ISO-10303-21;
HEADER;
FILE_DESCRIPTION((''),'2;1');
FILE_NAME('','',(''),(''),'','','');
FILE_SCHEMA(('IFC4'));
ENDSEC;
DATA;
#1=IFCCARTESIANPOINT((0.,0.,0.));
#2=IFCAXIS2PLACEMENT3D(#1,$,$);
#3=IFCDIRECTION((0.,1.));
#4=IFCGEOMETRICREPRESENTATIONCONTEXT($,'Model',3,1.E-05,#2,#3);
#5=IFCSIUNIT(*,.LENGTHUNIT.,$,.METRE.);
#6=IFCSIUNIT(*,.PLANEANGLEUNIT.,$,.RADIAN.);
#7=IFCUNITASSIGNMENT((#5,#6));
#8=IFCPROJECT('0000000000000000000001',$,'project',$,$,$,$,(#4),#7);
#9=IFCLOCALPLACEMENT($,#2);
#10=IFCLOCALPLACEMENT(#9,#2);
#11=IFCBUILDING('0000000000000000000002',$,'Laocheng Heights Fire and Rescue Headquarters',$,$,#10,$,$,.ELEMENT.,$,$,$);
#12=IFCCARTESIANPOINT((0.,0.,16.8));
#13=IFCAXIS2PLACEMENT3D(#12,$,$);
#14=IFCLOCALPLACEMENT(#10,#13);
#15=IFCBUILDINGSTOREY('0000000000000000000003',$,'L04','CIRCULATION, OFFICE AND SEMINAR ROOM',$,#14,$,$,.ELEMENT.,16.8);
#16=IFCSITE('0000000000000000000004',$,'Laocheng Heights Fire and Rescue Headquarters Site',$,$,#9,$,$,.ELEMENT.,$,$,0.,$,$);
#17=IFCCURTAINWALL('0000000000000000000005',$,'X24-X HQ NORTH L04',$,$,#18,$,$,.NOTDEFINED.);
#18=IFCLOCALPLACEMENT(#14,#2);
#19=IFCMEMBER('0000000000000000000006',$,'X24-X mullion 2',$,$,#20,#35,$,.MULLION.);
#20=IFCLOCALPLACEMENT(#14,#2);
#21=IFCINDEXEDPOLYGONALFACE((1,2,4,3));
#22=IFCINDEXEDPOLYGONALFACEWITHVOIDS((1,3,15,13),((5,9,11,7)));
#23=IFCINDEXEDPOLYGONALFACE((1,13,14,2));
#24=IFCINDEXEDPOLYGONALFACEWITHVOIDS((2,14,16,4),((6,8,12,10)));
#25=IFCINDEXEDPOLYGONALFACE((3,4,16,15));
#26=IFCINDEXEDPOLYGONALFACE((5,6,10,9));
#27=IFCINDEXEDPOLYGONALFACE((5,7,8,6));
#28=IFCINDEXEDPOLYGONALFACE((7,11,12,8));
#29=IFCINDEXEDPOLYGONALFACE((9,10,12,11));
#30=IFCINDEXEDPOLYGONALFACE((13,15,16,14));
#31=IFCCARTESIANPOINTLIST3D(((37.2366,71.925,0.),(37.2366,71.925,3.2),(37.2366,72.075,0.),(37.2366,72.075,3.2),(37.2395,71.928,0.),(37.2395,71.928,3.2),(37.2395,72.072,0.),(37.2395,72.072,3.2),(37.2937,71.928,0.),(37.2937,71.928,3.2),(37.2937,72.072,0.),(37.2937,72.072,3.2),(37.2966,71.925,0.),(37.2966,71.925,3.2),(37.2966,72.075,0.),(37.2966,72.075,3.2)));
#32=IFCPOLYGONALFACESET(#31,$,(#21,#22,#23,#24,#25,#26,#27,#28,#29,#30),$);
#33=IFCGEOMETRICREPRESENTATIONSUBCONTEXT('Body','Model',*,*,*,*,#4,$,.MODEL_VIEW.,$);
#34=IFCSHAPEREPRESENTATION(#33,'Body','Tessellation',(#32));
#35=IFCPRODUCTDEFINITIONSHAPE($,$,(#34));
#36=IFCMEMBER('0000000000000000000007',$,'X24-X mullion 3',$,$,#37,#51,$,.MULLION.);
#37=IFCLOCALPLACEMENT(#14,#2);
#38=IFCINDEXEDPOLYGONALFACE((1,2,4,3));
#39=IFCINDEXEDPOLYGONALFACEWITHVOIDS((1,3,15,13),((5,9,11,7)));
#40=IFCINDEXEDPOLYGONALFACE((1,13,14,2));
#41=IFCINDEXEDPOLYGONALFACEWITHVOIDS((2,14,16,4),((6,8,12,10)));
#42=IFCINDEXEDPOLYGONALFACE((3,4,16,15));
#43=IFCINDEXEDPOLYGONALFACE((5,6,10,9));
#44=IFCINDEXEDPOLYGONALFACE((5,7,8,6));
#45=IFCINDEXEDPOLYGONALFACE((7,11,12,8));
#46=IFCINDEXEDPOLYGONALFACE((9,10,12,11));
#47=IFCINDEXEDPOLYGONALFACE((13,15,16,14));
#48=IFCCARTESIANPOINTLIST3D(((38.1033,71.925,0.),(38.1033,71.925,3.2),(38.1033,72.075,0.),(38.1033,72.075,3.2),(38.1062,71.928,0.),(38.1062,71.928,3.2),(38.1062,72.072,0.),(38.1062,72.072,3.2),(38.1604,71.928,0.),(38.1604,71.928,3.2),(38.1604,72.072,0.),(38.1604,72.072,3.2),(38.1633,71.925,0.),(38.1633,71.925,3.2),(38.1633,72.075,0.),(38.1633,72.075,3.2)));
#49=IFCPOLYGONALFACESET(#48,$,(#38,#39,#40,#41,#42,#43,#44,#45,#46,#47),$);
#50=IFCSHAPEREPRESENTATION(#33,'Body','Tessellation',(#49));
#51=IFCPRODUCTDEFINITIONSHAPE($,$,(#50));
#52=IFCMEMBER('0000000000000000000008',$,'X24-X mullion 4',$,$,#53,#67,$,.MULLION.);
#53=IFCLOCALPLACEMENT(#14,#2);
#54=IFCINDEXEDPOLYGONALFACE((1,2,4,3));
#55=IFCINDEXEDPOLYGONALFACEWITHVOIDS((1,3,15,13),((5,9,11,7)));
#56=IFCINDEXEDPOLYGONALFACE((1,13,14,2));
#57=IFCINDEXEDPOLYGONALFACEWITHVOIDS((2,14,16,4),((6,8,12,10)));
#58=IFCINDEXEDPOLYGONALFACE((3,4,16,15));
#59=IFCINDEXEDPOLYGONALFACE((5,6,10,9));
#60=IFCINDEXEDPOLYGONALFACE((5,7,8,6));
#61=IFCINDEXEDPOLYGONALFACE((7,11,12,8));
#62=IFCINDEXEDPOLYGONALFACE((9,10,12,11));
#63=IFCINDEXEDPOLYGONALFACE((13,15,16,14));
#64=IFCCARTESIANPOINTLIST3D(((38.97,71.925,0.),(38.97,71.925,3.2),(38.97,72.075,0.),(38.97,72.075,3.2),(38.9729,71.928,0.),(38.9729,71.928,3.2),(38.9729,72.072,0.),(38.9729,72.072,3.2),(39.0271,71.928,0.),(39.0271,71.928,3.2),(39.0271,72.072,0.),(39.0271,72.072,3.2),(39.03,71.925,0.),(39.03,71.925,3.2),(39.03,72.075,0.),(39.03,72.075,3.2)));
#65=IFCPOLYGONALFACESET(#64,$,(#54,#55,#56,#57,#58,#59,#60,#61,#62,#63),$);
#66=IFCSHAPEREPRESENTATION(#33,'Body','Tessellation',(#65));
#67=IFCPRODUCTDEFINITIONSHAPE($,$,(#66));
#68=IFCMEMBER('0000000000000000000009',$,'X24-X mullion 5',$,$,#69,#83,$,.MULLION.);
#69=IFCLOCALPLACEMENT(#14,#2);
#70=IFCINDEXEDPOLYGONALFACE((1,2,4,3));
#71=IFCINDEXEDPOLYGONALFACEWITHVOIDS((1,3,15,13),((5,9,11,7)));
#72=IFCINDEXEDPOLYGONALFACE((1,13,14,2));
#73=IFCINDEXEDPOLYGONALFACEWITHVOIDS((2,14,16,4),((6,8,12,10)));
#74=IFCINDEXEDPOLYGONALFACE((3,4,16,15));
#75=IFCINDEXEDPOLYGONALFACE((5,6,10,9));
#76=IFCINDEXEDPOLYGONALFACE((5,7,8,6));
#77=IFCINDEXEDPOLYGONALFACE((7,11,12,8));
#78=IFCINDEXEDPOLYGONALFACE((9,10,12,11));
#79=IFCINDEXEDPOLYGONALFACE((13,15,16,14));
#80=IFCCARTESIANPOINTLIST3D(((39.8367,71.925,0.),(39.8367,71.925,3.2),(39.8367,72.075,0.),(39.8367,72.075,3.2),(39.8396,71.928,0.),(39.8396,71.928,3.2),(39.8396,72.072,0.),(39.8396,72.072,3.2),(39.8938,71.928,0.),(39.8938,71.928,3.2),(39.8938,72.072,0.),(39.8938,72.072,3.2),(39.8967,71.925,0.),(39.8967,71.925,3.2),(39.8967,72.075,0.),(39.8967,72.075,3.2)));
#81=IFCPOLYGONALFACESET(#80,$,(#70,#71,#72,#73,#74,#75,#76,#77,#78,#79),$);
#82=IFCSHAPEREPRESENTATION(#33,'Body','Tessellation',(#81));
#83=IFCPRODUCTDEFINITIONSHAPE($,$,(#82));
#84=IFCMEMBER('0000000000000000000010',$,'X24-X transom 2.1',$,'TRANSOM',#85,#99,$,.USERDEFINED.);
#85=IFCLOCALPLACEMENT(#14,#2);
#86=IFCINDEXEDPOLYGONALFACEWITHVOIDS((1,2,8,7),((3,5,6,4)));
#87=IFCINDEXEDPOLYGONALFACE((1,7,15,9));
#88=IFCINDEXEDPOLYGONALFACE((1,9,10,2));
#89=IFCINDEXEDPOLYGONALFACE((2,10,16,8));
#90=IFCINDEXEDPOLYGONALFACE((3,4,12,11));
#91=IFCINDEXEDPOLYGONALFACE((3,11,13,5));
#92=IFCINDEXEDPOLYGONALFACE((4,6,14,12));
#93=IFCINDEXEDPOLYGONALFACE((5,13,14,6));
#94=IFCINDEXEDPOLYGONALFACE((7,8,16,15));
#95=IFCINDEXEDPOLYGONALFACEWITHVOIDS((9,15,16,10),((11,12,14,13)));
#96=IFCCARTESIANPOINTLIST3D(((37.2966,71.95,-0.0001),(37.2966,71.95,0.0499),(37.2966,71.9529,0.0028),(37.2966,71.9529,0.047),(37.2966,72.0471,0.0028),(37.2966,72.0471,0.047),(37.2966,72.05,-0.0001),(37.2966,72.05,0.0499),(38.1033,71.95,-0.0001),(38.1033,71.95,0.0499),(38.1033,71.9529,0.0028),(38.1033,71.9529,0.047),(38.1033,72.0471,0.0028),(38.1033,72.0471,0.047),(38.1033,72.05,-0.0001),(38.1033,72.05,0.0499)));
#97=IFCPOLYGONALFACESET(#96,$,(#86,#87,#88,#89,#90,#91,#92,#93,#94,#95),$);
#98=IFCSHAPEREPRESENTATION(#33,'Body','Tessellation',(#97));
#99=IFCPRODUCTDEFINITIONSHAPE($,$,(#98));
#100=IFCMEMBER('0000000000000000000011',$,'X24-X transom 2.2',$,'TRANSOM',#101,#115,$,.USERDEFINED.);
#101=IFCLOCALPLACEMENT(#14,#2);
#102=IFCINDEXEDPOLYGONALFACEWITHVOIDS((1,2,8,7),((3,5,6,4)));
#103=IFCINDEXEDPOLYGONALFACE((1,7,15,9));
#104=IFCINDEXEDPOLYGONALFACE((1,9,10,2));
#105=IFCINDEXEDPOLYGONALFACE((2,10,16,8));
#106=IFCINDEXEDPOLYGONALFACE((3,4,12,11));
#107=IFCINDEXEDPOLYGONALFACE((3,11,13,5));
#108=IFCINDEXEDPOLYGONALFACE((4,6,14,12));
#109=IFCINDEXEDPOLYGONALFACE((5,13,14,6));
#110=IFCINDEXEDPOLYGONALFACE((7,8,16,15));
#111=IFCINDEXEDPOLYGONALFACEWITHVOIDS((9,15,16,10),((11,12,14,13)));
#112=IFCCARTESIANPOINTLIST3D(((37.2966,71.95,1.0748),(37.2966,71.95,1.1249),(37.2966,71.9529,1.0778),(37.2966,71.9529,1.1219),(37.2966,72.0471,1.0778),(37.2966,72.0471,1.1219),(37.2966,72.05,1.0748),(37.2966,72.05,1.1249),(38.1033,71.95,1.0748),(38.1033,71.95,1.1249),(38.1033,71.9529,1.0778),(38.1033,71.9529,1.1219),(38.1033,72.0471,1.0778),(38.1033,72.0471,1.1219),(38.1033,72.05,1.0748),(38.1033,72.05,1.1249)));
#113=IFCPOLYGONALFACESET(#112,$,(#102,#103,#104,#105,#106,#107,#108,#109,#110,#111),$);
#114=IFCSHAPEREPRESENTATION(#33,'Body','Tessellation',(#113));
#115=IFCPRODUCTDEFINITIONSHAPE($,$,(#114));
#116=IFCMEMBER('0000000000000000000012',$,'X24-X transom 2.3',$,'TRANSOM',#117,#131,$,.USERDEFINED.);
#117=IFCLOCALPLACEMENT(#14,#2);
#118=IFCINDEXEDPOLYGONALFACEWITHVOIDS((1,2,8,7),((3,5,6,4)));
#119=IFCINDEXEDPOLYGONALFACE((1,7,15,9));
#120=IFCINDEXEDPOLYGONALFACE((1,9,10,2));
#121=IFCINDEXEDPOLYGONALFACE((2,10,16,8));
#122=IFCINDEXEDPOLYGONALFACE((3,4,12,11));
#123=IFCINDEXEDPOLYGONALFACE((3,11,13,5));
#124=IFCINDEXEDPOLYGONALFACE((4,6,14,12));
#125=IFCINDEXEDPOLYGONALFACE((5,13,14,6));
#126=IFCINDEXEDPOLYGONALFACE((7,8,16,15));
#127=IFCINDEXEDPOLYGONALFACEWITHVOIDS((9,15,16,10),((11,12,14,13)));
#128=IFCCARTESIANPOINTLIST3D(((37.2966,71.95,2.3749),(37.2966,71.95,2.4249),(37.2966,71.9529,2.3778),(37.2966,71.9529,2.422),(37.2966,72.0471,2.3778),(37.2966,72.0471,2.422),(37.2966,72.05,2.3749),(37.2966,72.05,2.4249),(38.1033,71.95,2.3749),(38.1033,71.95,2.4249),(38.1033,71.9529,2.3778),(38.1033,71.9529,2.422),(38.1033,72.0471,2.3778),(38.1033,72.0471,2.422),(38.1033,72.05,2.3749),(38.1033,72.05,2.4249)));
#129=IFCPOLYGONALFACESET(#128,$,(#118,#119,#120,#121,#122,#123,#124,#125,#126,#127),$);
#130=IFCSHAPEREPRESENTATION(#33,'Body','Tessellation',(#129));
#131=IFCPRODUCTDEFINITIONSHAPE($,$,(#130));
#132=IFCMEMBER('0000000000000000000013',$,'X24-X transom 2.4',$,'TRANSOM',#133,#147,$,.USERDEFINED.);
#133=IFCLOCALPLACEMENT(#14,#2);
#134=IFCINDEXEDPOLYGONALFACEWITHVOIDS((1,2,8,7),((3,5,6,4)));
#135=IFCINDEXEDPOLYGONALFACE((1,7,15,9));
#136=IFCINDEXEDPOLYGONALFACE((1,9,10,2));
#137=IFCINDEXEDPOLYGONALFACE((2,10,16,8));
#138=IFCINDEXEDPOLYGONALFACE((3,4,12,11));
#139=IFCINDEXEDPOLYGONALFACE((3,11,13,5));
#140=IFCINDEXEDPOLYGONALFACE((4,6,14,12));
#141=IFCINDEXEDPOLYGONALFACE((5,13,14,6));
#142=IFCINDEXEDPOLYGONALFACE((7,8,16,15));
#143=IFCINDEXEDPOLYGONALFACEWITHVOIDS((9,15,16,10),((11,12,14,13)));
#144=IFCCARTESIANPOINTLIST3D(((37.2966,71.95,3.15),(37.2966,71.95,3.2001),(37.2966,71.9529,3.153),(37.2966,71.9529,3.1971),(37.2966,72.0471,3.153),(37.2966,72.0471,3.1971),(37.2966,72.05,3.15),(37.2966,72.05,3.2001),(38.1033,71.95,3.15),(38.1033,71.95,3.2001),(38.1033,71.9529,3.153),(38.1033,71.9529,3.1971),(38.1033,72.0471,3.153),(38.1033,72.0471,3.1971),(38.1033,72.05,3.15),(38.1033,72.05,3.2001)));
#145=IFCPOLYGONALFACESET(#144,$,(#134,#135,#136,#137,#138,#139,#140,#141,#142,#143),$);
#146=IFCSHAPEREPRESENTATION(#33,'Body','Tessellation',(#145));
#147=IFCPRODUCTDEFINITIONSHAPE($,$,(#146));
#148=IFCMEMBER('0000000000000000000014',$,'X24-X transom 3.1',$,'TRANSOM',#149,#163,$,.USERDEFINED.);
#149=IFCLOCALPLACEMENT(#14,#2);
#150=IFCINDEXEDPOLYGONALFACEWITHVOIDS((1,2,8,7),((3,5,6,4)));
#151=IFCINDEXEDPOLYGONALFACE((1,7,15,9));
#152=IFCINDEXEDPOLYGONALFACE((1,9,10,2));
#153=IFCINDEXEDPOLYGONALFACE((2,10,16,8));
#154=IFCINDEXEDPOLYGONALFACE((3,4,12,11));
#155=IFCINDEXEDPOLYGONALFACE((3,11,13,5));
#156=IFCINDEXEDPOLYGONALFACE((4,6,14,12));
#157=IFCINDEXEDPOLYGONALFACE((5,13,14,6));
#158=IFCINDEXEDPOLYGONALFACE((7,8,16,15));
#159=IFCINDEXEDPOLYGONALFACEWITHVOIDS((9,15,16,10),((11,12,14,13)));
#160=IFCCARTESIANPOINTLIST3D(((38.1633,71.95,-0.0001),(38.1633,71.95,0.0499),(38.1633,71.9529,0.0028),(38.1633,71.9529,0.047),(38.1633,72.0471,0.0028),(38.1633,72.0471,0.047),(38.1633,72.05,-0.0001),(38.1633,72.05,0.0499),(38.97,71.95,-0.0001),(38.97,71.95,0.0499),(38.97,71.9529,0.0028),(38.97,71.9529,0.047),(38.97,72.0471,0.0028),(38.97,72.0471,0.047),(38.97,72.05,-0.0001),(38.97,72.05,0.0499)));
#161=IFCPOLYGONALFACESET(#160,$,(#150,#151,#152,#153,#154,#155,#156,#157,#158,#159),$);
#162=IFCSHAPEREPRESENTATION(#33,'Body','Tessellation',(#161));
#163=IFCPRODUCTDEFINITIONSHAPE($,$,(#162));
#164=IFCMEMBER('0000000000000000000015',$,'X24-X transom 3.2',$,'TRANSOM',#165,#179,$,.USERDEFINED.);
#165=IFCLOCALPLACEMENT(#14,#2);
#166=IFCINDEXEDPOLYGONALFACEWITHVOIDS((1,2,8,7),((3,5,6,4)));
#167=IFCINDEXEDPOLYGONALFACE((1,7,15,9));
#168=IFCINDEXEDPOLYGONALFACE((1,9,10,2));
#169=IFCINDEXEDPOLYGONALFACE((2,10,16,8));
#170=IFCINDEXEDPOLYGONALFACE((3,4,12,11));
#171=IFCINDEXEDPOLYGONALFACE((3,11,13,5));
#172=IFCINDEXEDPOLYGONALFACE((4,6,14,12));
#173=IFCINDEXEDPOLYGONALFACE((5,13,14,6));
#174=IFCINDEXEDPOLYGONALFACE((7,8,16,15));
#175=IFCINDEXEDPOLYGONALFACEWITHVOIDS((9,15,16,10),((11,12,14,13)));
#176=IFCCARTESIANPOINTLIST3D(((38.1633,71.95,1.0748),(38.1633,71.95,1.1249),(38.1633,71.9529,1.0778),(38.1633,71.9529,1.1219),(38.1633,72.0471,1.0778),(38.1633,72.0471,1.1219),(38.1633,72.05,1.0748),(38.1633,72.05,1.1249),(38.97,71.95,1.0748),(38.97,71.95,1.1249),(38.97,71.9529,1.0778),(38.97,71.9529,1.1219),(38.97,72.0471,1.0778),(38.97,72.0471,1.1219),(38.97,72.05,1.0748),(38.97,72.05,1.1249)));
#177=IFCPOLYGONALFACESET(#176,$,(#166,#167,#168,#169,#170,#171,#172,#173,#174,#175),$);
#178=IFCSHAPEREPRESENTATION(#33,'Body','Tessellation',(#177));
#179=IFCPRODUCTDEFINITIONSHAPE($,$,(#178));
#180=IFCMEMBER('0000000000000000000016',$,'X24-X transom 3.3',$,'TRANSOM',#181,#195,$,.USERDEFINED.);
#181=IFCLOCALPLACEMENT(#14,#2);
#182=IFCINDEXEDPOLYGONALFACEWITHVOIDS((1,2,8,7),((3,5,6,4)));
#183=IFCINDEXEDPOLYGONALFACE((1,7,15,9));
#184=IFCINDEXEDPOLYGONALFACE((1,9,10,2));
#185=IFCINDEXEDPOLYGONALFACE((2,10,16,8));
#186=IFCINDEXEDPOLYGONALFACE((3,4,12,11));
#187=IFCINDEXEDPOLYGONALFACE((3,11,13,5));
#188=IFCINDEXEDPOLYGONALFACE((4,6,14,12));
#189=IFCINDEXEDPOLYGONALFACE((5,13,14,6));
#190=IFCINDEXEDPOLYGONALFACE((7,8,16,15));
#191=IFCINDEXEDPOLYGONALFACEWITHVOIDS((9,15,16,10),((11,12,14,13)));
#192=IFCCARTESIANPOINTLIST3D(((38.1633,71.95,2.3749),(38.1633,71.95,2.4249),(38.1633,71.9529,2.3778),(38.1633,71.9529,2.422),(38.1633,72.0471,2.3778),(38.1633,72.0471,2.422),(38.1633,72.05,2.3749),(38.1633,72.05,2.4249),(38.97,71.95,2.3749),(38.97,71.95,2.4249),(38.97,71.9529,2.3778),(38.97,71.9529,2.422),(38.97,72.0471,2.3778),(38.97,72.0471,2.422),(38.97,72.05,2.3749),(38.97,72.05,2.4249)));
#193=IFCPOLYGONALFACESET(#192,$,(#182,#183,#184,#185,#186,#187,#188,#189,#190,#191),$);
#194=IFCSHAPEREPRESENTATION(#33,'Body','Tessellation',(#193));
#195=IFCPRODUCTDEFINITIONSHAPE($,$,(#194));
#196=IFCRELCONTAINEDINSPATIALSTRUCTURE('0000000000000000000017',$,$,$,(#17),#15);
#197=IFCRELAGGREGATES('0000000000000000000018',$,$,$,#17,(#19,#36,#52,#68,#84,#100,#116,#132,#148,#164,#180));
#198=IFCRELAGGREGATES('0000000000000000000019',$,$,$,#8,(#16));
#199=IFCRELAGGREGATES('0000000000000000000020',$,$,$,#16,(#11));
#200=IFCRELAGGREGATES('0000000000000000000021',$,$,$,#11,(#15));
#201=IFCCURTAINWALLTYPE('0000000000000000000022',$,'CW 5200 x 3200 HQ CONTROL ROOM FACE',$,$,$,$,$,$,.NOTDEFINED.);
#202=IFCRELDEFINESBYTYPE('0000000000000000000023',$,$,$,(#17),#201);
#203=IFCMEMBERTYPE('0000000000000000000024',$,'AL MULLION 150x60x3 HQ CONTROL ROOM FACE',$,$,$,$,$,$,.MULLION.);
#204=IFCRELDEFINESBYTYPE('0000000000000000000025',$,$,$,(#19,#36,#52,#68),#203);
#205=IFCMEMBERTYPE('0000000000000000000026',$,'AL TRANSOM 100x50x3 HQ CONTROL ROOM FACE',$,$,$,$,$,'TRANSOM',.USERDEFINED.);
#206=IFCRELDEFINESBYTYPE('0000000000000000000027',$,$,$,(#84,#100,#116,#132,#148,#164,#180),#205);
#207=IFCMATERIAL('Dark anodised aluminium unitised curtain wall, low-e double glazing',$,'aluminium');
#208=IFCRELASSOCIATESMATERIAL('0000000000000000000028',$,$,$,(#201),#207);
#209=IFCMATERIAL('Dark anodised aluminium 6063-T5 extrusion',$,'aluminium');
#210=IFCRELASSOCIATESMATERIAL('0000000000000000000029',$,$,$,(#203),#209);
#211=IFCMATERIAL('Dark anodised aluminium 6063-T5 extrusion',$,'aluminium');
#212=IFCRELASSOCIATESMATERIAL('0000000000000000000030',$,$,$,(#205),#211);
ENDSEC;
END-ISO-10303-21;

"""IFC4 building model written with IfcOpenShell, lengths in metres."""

from ifc_helpers import new_model, si_unit, direction, frame, origin, origin_2d, place, context, subcontext, project, spatial, hollow_rectangle, extrude, material, material_profile, profile_set, type_object, element, aggregate, save


model = new_model("IFC4")

# Units and contexts
model_context = context("Model", 3, precision=1e-05, world=origin(), true_north=direction((0.0, 1.0)))
body_context = subcontext(model_context, "Body", "Model", "MODEL_VIEW")
ifc_project = project(units=[si_unit("LENGTHUNIT", "METRE"), si_unit("PLANEANGLEUNIT", "RADIAN")], contexts=[model_context])

# Site, building, storey
site_placement = place(None, origin())
site = spatial("IfcSite", under=ifc_project, at=site_placement, Name="Laocheng Heights Fire and Rescue Headquarters Site", CompositionType="ELEMENT", RefElevation=0.0)
building_placement = place(site_placement, origin())
building = spatial("IfcBuilding", under=site, at=building_placement, Name="Laocheng Heights Fire and Rescue Headquarters", CompositionType="ELEMENT")
storey_placement = place(building_placement, frame((0.0, 0.0, 16.8)))
storey = spatial("IfcBuildingStorey", under=building, at=storey_placement, Name="L04", Description="CIRCULATION, OFFICE AND SEMINAR ROOM", CompositionType="ELEMENT", Elevation=16.8)

# Curtain wall, members
ifc_material_1 = material(Name="Dark anodised aluminium unitised curtain wall, low-e double glazing", Category="aluminium")
curtain_wall_type = type_object("IfcCurtainWallType", Name="CW 5200 x 3200 HQ CONTROL ROOM FACE", PredefinedType="NOTDEFINED", material=ifc_material_1)
curtain_wall_placement = place(storey_placement, origin())
curtain_wall = element("IfcCurtainWall", 1, at=curtain_wall_placement, inside=storey, type_object=curtain_wall_type, Name="X24-X HQ NORTH L04", PredefinedType="NOTDEFINED")
ifc_material_2 = material(Name="Dark anodised aluminium 6063-T5 extrusion", Category="aluminium")
ifc_material_profile_1 = material_profile(ifc_material_2, hollow_rectangle(XDim=0.1499, YDim=0.0601, WallThickness=0.0029, at=origin_2d()), Name="AL MULLION 150x60x3 HQ CONTROL ROOM FACE")
ifc_profile_set_1 = profile_set([ifc_material_profile_1], Name="Dark anodised aluminium 6063-T5 extrusion")
member_type_1 = type_object("IfcMemberType", Name="AL MULLION 150x60x3 HQ CONTROL ROOM FACE", PredefinedType="MULLION", material=ifc_profile_set_1)
member_1_placement = place(storey_placement, frame((37.2666, 72.0, 0.0), z_axis=(0.0, 0.0, 1.0), x_axis=(0.0, 1.0, 0.0)))
member_1 = element("IfcMember", 2, at=member_1_placement, type_object=member_type_1, Name="X24-X mullion 2", PredefinedType="MULLION", context=body_context, shape_type="SweptSolid", body=[
    extrude(hollow_rectangle(XDim=0.1499, YDim=0.0601, WallThickness=0.0029, at=origin_2d()), origin(), (0.0, 0.0, 1.0), 3.2),
])
member_2_placement = place(storey_placement, frame((38.1333, 72.0, 0.0), z_axis=(0.0, 0.0, 1.0), x_axis=(0.0, 1.0, 0.0)))
member_2 = element("IfcMember", 3, at=member_2_placement, type_object=member_type_1, Name="X24-X mullion 3", PredefinedType="MULLION", context=body_context, shape_type="SweptSolid", body=[
    extrude(hollow_rectangle(XDim=0.1499, YDim=0.0601, WallThickness=0.0029, at=origin_2d()), origin(), (0.0, 0.0, 1.0), 3.2),
])
member_3_placement = place(storey_placement, frame((39.0, 72.0, 0.0), z_axis=(0.0, 0.0, 1.0), x_axis=(0.0, 1.0, 0.0)))
member_3 = element("IfcMember", 4, at=member_3_placement, type_object=member_type_1, Name="X24-X mullion 4", PredefinedType="MULLION", context=body_context, shape_type="SweptSolid", body=[
    extrude(hollow_rectangle(XDim=0.1499, YDim=0.0601, WallThickness=0.0029, at=origin_2d()), origin(), (0.0, 0.0, 1.0), 3.2),
])
member_4_placement = place(storey_placement, frame((39.8667, 72.0, 0.0), z_axis=(0.0, 0.0, 1.0), x_axis=(0.0, 1.0, 0.0)))
member_4 = element("IfcMember", 5, at=member_4_placement, type_object=member_type_1, Name="X24-X mullion 5", PredefinedType="MULLION", context=body_context, shape_type="SweptSolid", body=[
    extrude(hollow_rectangle(XDim=0.1499, YDim=0.0601, WallThickness=0.0029, at=origin_2d()), origin(), (0.0, 0.0, 1.0), 3.2),
])
ifc_material_3 = material(Name="Dark anodised aluminium 6063-T5 extrusion", Category="aluminium")
ifc_material_profile_2 = material_profile(ifc_material_3, hollow_rectangle(XDim=0.1001, YDim=0.05, WallThickness=0.0029, at=origin_2d()), Name="AL TRANSOM 100x50x3 HQ CONTROL ROOM FACE")
ifc_profile_set_2 = profile_set([ifc_material_profile_2], Name="Dark anodised aluminium 6063-T5 extrusion")
member_type_2 = type_object("IfcMemberType", Name="AL TRANSOM 100x50x3 HQ CONTROL ROOM FACE", ElementType="TRANSOM", PredefinedType="USERDEFINED", material=ifc_profile_set_2)
member_5_placement = place(storey_placement, frame((37.2966, 72.0, 0.0249), z_axis=(1.0, 0.0, 0.0), x_axis=(0.0, 1.0, 0.0)))
member_5 = element("IfcMember", 6, at=member_5_placement, type_object=member_type_2, Name="X24-X transom 2.1", ObjectType="TRANSOM", PredefinedType="USERDEFINED", context=body_context, shape_type="SweptSolid", body=[
    extrude(hollow_rectangle(XDim=0.1001, YDim=0.05, WallThickness=0.0029, at=origin_2d()), origin(), (0.0, 0.0, 1.0), 0.8066),
])
member_6_placement = place(storey_placement, frame((37.2966, 72.0, 1.0999), z_axis=(1.0, 0.0, 0.0), x_axis=(0.0, 1.0, 0.0)))
member_6 = element("IfcMember", 7, at=member_6_placement, type_object=member_type_2, Name="X24-X transom 2.2", ObjectType="TRANSOM", PredefinedType="USERDEFINED", context=body_context, shape_type="SweptSolid", body=[
    extrude(hollow_rectangle(XDim=0.1001, YDim=0.05, WallThickness=0.0029, at=origin_2d()), origin(), (0.0, 0.0, 1.0), 0.8066),
])
member_7_placement = place(storey_placement, frame((37.2966, 72.0, 2.3999), z_axis=(1.0, 0.0, 0.0), x_axis=(0.0, 1.0, 0.0)))
member_7 = element("IfcMember", 8, at=member_7_placement, type_object=member_type_2, Name="X24-X transom 2.3", ObjectType="TRANSOM", PredefinedType="USERDEFINED", context=body_context, shape_type="SweptSolid", body=[
    extrude(hollow_rectangle(XDim=0.1001, YDim=0.05, WallThickness=0.0029, at=origin_2d()), origin(), (0.0, 0.0, 1.0), 0.8066),
])
member_8_placement = place(storey_placement, frame((37.2966, 72.0, 3.175), z_axis=(1.0, 0.0, 0.0), x_axis=(0.0, 1.0, 0.0)))
member_8 = element("IfcMember", 9, at=member_8_placement, type_object=member_type_2, Name="X24-X transom 2.4", ObjectType="TRANSOM", PredefinedType="USERDEFINED", context=body_context, shape_type="SweptSolid", body=[
    extrude(hollow_rectangle(XDim=0.1001, YDim=0.05, WallThickness=0.0029, at=origin_2d()), origin(), (0.0, 0.0, 1.0), 0.8066),
])
member_9_placement = place(storey_placement, frame((38.1633, 72.0, 0.0249), z_axis=(1.0, 0.0, 0.0), x_axis=(0.0, 1.0, 0.0)))
member_9 = element("IfcMember", 10, at=member_9_placement, type_object=member_type_2, Name="X24-X transom 3.1", ObjectType="TRANSOM", PredefinedType="USERDEFINED", context=body_context, shape_type="SweptSolid", body=[
    extrude(hollow_rectangle(XDim=0.1001, YDim=0.05, WallThickness=0.0029, at=origin_2d()), origin(), (0.0, 0.0, 1.0), 0.8066),
])
member_10_placement = place(storey_placement, frame((38.1633, 72.0, 1.0999), z_axis=(1.0, 0.0, 0.0), x_axis=(0.0, 1.0, 0.0)))
member_10 = element("IfcMember", 11, at=member_10_placement, type_object=member_type_2, Name="X24-X transom 3.2", ObjectType="TRANSOM", PredefinedType="USERDEFINED", context=body_context, shape_type="SweptSolid", body=[
    extrude(hollow_rectangle(XDim=0.1001, YDim=0.05, WallThickness=0.0029, at=origin_2d()), origin(), (0.0, 0.0, 1.0), 0.8066),
])
member_11_placement = place(storey_placement, frame((38.1633, 72.0, 2.3999), z_axis=(1.0, 0.0, 0.0), x_axis=(0.0, 1.0, 0.0)))
member_11 = element("IfcMember", 12, at=member_11_placement, type_object=member_type_2, Name="X24-X transom 3.3", ObjectType="TRANSOM", PredefinedType="USERDEFINED", context=body_context, shape_type="SweptSolid", body=[
    extrude(hollow_rectangle(XDim=0.1001, YDim=0.05, WallThickness=0.0029, at=origin_2d()), origin(), (0.0, 0.0, 1.0), 0.8066),
])
aggregate(curtain_wall, [member_1, member_2, member_3, member_4, member_5, member_6, member_7, member_8, member_9, member_10, member_11])

save(model, "model.ifc")
